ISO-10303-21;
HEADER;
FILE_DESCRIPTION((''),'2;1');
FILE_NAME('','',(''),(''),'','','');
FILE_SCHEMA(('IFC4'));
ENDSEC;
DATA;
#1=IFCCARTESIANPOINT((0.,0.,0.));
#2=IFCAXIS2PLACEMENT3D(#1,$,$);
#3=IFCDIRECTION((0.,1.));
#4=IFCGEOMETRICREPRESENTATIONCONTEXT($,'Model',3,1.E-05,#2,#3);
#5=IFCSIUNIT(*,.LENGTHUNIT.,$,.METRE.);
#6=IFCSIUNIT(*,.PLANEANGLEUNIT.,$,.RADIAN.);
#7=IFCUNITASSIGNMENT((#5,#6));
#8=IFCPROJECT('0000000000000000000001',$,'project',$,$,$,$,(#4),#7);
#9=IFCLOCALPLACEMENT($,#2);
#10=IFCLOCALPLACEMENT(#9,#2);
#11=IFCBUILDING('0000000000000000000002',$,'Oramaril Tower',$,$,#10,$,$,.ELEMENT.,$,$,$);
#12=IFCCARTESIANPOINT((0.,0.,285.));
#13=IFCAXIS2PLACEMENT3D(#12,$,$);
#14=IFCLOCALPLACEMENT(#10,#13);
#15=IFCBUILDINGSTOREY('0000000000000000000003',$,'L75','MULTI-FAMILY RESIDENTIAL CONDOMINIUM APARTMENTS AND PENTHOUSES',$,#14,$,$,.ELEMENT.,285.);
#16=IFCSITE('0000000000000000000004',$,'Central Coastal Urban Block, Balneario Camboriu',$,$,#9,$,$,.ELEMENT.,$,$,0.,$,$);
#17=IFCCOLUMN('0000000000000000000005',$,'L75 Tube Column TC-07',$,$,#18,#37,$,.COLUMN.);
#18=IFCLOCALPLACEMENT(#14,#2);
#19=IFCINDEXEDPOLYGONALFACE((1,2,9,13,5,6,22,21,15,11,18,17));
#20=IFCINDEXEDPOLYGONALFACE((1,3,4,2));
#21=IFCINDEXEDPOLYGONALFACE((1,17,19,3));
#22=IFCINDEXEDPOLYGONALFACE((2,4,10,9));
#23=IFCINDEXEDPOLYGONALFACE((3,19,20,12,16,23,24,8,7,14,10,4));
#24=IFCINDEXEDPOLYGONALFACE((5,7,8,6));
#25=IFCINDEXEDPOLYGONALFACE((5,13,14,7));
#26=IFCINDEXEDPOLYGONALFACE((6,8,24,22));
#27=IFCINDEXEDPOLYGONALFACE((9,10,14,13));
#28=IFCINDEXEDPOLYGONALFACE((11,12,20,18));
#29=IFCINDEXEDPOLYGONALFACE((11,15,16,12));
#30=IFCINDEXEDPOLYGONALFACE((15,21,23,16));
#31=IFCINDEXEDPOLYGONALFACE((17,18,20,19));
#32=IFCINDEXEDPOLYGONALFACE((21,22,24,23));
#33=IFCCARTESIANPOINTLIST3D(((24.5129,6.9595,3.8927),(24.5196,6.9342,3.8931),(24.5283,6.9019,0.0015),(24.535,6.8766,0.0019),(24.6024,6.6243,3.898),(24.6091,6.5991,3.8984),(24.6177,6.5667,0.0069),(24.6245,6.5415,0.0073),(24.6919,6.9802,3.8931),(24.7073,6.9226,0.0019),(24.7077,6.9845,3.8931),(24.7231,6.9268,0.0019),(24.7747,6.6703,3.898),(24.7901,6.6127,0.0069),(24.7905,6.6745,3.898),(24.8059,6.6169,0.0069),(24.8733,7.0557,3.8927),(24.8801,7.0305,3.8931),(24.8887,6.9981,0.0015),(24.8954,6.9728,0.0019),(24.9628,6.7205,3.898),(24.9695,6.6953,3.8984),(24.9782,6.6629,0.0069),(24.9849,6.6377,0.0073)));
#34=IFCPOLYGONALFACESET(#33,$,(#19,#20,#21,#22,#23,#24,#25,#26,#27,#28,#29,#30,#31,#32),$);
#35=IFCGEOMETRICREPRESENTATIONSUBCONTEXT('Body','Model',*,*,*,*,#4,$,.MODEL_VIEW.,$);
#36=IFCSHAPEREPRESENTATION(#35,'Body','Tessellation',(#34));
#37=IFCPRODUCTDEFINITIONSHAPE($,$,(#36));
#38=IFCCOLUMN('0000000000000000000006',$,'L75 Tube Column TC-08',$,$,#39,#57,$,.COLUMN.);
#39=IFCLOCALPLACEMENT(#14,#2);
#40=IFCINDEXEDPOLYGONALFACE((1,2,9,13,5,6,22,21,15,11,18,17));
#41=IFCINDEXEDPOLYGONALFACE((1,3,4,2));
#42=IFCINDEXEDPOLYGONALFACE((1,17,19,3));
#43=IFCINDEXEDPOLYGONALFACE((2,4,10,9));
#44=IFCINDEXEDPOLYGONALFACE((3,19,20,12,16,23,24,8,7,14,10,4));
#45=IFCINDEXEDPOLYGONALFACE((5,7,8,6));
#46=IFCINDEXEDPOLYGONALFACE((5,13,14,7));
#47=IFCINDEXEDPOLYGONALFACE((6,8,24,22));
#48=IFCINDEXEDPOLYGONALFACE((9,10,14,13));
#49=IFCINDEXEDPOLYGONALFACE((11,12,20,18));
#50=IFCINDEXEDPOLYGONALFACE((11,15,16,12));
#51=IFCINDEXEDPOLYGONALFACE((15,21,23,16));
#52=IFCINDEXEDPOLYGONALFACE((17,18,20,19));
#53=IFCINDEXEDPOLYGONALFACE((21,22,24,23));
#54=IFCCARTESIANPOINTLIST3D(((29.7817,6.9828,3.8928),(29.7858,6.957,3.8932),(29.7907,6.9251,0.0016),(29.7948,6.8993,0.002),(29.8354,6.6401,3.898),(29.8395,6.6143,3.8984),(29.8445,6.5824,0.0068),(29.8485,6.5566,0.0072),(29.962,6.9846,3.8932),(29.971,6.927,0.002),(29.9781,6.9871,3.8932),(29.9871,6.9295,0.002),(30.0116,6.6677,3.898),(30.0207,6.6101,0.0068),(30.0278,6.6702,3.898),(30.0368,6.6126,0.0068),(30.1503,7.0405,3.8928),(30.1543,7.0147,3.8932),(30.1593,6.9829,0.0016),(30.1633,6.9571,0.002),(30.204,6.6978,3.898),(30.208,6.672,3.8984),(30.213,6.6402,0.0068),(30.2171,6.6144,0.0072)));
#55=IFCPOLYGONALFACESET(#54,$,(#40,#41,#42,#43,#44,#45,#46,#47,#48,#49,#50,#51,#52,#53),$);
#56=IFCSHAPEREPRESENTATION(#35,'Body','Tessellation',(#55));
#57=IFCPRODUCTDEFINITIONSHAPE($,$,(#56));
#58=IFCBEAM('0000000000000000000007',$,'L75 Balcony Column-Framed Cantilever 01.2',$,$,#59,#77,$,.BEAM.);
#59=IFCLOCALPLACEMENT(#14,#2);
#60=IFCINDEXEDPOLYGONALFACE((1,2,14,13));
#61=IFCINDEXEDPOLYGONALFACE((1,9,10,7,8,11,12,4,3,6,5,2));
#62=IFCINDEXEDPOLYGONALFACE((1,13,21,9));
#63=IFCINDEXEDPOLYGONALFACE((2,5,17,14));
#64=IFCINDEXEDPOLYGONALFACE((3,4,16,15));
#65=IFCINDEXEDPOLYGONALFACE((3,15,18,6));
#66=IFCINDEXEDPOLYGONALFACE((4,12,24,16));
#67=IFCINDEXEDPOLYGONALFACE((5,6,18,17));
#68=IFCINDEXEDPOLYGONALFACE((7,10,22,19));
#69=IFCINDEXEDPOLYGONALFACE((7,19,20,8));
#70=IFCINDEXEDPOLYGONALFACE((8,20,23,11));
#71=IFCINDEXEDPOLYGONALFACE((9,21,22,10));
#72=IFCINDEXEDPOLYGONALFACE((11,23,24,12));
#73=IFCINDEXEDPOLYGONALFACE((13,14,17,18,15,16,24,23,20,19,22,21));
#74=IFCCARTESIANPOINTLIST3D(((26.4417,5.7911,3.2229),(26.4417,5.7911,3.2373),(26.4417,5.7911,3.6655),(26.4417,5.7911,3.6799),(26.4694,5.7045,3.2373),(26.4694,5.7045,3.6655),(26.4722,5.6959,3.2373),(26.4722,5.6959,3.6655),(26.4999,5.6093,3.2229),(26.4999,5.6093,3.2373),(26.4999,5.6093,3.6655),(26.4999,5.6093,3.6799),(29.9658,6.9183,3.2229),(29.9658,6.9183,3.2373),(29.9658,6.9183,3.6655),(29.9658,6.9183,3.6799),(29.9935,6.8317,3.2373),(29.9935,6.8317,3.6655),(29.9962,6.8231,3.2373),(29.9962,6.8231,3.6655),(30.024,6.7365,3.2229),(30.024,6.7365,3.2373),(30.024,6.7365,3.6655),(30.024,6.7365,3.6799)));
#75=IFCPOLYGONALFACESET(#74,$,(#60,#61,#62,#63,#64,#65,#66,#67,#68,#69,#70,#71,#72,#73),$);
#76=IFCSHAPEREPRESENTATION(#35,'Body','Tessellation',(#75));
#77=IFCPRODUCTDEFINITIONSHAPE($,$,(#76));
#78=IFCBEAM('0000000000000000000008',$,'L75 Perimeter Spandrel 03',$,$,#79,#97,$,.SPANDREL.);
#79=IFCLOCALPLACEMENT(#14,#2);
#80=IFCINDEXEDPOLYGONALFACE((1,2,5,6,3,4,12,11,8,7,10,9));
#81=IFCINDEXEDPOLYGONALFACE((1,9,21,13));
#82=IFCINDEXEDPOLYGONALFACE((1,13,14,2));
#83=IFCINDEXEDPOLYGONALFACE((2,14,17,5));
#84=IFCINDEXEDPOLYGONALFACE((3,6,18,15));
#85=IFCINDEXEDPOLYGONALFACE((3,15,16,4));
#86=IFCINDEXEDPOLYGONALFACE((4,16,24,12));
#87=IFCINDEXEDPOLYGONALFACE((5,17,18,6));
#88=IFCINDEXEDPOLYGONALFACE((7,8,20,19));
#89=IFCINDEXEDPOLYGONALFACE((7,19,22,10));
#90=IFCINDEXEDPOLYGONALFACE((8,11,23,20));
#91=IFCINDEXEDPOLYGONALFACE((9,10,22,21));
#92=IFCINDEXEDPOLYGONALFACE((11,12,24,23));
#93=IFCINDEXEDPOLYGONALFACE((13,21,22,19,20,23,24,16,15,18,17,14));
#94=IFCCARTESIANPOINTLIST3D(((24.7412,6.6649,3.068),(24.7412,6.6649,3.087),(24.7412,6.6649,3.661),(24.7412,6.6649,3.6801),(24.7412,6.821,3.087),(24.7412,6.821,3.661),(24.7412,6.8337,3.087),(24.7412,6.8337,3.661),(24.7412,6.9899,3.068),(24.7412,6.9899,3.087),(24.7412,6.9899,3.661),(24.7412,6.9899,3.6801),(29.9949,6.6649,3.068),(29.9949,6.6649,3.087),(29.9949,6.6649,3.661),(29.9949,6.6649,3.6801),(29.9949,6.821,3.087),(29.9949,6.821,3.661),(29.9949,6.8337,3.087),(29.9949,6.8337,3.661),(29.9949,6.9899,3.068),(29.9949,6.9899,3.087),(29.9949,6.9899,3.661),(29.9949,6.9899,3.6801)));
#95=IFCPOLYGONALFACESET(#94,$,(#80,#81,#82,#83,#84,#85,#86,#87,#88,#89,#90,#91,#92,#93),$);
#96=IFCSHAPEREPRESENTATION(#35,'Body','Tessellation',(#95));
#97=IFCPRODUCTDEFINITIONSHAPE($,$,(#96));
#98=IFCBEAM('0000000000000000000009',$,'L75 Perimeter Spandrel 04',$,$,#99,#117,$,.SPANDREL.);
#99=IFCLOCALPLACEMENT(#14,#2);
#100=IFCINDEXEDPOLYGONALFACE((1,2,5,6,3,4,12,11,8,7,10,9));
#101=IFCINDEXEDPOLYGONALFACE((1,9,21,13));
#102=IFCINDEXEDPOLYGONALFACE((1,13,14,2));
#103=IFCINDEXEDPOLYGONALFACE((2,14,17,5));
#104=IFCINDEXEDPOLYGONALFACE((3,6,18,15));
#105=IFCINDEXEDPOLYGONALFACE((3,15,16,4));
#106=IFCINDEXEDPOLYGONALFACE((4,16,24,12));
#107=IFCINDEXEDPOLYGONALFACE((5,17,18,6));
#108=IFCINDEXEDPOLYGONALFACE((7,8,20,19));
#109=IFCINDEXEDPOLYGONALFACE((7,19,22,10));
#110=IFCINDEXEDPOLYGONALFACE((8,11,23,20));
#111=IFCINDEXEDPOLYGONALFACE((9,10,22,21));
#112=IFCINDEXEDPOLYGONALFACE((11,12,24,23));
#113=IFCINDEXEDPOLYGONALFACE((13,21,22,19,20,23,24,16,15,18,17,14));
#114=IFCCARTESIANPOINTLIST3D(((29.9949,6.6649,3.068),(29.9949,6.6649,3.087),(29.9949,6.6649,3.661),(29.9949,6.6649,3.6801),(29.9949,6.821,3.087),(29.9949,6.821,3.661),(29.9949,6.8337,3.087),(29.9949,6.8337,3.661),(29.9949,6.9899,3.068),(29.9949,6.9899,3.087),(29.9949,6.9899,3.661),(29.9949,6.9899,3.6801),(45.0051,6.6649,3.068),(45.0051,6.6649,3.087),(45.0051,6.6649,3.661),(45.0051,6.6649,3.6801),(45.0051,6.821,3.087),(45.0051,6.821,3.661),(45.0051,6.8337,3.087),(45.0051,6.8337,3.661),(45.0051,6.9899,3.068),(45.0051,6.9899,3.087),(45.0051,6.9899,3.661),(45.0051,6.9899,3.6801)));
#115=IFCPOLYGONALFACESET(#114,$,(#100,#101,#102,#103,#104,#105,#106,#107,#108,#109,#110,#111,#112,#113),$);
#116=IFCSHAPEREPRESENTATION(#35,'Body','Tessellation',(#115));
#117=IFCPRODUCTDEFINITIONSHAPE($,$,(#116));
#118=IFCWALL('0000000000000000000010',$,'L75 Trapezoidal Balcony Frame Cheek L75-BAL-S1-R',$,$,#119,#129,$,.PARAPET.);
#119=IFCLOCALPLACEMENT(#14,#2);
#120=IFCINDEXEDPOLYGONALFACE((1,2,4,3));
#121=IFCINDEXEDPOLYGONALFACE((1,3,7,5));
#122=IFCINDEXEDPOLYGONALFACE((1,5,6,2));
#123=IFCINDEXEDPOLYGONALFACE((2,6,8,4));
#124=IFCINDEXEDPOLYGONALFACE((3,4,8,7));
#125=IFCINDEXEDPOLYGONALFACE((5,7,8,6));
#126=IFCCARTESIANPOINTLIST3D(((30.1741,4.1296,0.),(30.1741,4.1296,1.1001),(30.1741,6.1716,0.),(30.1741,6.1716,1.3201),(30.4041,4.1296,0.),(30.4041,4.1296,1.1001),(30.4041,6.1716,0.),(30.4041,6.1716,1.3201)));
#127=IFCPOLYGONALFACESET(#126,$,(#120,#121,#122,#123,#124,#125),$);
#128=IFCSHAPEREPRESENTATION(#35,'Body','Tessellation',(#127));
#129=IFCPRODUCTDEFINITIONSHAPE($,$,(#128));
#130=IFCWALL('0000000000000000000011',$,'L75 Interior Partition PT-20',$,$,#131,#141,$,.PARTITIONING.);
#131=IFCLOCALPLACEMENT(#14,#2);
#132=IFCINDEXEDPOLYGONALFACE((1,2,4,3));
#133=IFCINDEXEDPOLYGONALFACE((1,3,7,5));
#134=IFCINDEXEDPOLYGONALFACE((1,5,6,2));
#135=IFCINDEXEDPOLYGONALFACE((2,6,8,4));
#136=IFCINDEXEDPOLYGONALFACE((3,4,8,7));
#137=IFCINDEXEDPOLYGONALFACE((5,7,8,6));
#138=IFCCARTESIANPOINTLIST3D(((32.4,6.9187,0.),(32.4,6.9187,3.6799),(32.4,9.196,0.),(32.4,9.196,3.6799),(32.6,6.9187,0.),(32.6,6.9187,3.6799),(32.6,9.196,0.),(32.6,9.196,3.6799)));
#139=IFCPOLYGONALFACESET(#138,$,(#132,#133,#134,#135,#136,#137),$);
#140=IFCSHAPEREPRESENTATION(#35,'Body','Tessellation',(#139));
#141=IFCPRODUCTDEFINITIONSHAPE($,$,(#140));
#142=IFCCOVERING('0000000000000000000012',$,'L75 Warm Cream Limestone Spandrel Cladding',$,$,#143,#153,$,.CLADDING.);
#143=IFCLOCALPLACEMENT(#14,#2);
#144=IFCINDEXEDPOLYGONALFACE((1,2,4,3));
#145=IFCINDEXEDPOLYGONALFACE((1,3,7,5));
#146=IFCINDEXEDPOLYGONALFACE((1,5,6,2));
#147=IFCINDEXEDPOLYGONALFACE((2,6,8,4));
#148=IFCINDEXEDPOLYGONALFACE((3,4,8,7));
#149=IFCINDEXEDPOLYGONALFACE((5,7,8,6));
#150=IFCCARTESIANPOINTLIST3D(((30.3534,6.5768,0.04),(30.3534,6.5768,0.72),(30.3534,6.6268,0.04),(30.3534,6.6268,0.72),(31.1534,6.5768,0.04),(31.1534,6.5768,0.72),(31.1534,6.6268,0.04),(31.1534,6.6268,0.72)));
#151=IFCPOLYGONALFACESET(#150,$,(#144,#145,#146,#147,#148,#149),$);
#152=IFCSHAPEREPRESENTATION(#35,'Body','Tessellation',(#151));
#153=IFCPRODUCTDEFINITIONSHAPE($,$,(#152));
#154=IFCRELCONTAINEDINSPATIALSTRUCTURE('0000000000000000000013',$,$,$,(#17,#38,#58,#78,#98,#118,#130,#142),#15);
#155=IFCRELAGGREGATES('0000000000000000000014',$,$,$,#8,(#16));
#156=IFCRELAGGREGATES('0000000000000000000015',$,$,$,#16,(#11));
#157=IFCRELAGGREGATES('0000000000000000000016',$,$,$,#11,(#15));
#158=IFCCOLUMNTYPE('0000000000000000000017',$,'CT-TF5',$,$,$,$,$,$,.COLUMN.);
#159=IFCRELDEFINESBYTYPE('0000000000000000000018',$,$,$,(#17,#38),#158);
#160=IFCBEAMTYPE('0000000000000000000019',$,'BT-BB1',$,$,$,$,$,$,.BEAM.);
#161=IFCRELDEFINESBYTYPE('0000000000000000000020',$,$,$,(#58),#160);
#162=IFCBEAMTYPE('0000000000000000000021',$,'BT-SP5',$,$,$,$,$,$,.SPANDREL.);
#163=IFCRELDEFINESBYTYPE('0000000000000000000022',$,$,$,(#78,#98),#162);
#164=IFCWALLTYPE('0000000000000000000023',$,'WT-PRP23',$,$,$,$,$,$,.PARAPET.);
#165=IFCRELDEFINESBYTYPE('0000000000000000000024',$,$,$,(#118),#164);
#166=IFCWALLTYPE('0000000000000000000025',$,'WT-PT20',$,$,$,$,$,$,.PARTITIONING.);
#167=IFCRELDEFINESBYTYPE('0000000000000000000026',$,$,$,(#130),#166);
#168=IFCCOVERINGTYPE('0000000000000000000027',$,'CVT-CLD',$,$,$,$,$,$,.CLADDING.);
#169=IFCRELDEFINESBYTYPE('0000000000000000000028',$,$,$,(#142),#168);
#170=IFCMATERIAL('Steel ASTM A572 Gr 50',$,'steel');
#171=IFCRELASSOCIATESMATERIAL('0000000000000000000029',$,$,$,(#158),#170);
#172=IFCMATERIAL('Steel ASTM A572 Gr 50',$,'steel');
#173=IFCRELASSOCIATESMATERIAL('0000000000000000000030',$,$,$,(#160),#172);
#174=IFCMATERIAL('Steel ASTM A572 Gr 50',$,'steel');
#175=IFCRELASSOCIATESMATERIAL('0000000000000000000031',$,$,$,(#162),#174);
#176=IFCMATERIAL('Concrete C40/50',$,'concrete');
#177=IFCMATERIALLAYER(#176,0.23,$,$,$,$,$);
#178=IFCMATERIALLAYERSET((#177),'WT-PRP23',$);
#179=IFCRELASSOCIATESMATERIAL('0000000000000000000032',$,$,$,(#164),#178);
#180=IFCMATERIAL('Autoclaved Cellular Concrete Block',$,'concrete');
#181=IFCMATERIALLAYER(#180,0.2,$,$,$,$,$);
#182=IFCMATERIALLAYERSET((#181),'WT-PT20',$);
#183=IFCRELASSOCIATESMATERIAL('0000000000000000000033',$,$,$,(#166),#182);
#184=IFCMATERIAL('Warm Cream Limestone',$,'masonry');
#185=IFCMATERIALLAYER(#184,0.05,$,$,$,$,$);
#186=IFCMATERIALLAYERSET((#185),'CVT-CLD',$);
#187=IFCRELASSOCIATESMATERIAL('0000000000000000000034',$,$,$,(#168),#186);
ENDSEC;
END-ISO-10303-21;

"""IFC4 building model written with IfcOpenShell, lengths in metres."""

from ifc_helpers import new_model, si_unit, direction, frame, frame_2d, origin, origin_2d, place, context, subcontext, project, spatial, polyline, rectangle, i_section, outline, extrude, material, layer, layer_set, material_profile, profile_set, type_object, element, save


model = new_model("IFC4")

# Units and contexts
model_context = context("Model", 3, precision=1e-05, world=origin(), true_north=direction((0.0, 1.0)))
body_context = subcontext(model_context, "Body", "Model", "MODEL_VIEW")
ifc_project = project(units=[si_unit("LENGTHUNIT", "METRE"), si_unit("PLANEANGLEUNIT", "RADIAN")], contexts=[model_context])

# Site, building, storey
site_placement = place(None, origin())
site = spatial("IfcSite", under=ifc_project, at=site_placement, Name="Central Coastal Urban Block, Balneario Camboriu", CompositionType="ELEMENT", RefElevation=0.0)
building_placement = place(site_placement, origin())
building = spatial("IfcBuilding", under=site, at=building_placement, Name="Oramaril Tower", CompositionType="ELEMENT")
storey_placement = place(building_placement, frame((0.0, 0.0, 285.0)))
storey = spatial("IfcBuildingStorey", under=building, at=storey_placement, Name="L75", Description="MULTI-FAMILY RESIDENTIAL CONDOMINIUM APARTMENTS AND PENTHOUSES", CompositionType="ELEMENT", Elevation=285.0)

# Columns
ifc_material_1 = material(Name="Steel ASTM A572 Gr 50", Category="steel")
ifc_material_profile_1 = material_profile(ifc_material_1, i_section(OverallWidth=0.373, OverallDepth=0.373, WebThickness=0.0164, FlangeThickness=0.0261, at=origin_2d()), Name="W14X132")
ifc_profile_set_1 = profile_set([ifc_material_profile_1], Name="Steel ASTM A572 Gr 50")
column_type = type_object("IfcColumnType", Name="CT-TF5", PredefinedType="COLUMN", material=ifc_profile_set_1)
for number, where, z_axis, x_axis, name in (
    (1, (24.7566, 6.7698, 0.0044), (-0.003952, 0.014806, 0.999883), (-0.966167, -0.257917, 0.0), "L75 Tube Column TC-07"),
    (2, (30.0039, 6.7698, 0.0044), (-0.002321, 0.014806, 0.999888), (-0.987932, -0.154888, 0.0), "L75 Tube Column TC-08"),
):
    element("IfcColumn", number, at=place(storey_placement, frame(where, z_axis=z_axis, x_axis=x_axis)), inside=storey, type_object=column_type, Name=name, PredefinedType="COLUMN", context=body_context, shape_type="SweptSolid", body=[
        extrude(i_section(OverallWidth=0.373, OverallDepth=0.373, WebThickness=0.0164, FlangeThickness=0.0261, at=origin_2d()), origin(), (0.0, 0.0, 1.0), 3.8916),
    ])

# Beams
ifc_material_2 = material(Name="Steel ASTM A572 Gr 50", Category="steel")
ifc_material_profile_2 = material_profile(ifc_material_2, i_section(OverallWidth=0.1909, OverallDepth=0.457, WebThickness=0.009, FlangeThickness=0.0144, at=origin_2d()), Name="W18X50")
ifc_profile_set_2 = profile_set([ifc_material_profile_2], Name="Steel ASTM A572 Gr 50")
beam_type_1 = type_object("IfcBeamType", Name="BT-BB1", PredefinedType="BEAM", material=ifc_profile_set_2)
beam_1_placement = place(storey_placement, frame((29.9949, 6.8274, 3.4514), z_axis=(-0.952466, -0.304644, 0.0), x_axis=(0.304644, -0.952466, 0.0)))
element("IfcBeam", 3, at=beam_1_placement, inside=storey, type_object=beam_type_1, Name="L75 Balcony Column-Framed Cantilever 01.2", PredefinedType="BEAM", context=body_context, shape_type="SweptSolid", body=[
    extrude(i_section(OverallWidth=0.1909, OverallDepth=0.457, WebThickness=0.009, FlangeThickness=0.0144, at=origin_2d()), origin(), (0.0, 0.0, 1.0), 3.7),
])
ifc_material_3 = material(Name="Steel ASTM A572 Gr 50", Category="steel")
ifc_material_profile_3 = material_profile(ifc_material_3, i_section(OverallWidth=0.325, OverallDepth=0.6121, WebThickness=0.0127, FlangeThickness=0.019, at=origin_2d()), Name="W24X104")
ifc_profile_set_3 = profile_set([ifc_material_profile_3], Name="Steel ASTM A572 Gr 50")
beam_type_2 = type_object("IfcBeamType", Name="BT-SP5", PredefinedType="SPANDREL", material=ifc_profile_set_3)
beam_2_placement = place(storey_placement, frame((24.7412, 6.8274, 3.374), z_axis=(1.0, 0.0, 0.0), x_axis=(0.0, 1.0, 0.0)))
element("IfcBeam", 4, at=beam_2_placement, inside=storey, type_object=beam_type_2, Name="L75 Perimeter Spandrel 03", PredefinedType="SPANDREL", context=body_context, shape_type="SweptSolid", body=[
    extrude(i_section(OverallWidth=0.325, OverallDepth=0.6121, WebThickness=0.0127, FlangeThickness=0.019, at=origin_2d()), origin(), (0.0, 0.0, 1.0), 5.2537),
])
beam_3_placement = place(storey_placement, frame((29.9949, 6.8274, 3.374), z_axis=(1.0, 0.0, 0.0), x_axis=(0.0, 1.0, 0.0)))
element("IfcBeam", 5, at=beam_3_placement, inside=storey, type_object=beam_type_2, Name="L75 Perimeter Spandrel 04", PredefinedType="SPANDREL", context=body_context, shape_type="SweptSolid", body=[
    extrude(i_section(OverallWidth=0.325, OverallDepth=0.6121, WebThickness=0.0127, FlangeThickness=0.019, at=origin_2d()), origin(), (0.0, 0.0, 1.0), 15.0103),
])

# Wall
ifc_material_4 = material(Name="Concrete C40/50", Category="concrete")
ifc_layer_1 = layer(ifc_material_4, 0.23)
ifc_layer_set_1 = layer_set([ifc_layer_1], Name="WT-PRP23")
wall_type_1 = type_object("IfcWallType", Name="WT-PRP23", PredefinedType="PARAPET", material=ifc_layer_set_1)
wall_1_placement = place(storey_placement, frame((30.2891, 6.1716, 0.0), z_axis=(0.0, 0.0, 1.0), x_axis=(0.0, -1.0, 0.0)))
element("IfcWall", 6, at=wall_1_placement, inside=storey, type_object=wall_type_1, Name="L75 Trapezoidal Balcony Frame Cheek L75-BAL-S1-R", PredefinedType="PARAPET", context=body_context, shape_type="SweptSolid", body=[
    extrude(outline(polyline([(0.0, 0.0), (2.042, 0.0), (2.042, 1.1001), (0.0, 1.3201), (0.0, 0.0)])), frame((0.0, 0.115, 0.0), z_axis=(0.0, -1.0, 0.0), x_axis=(1.0, 0.0, 0.0)), (0.0, 0.0, 1.0), 0.23),
])

# Shared definitions
ifc_material_5 = material(Name="Autoclaved Cellular Concrete Block", Category="concrete")
ifc_layer_2 = layer(ifc_material_5, 0.2)
ifc_layer_set_2 = layer_set([ifc_layer_2], Name="WT-PT20")
wall_type_2 = type_object("IfcWallType", Name="WT-PT20", PredefinedType="PARTITIONING", material=ifc_layer_set_2)

# Wall
wall_2_placement = place(storey_placement, frame((32.5, 6.9187, 0.0), z_axis=(0.0, 0.0, 1.0), x_axis=(0.0, 1.0, 0.0)))
element("IfcWall", 7, at=wall_2_placement, inside=storey, type_object=wall_type_2, Name="L75 Interior Partition PT-20", PredefinedType="PARTITIONING", context=body_context, shape_type="SweptSolid", body=[
    extrude(rectangle(XDim=2.2773, YDim=0.2, at=frame_2d((1.1387, 0.0))), origin(), (0.0, 0.0, 1.0), 3.6799),
])

# Covering
ifc_material_6 = material(Name="Warm Cream Limestone", Category="masonry")
ifc_layer_3 = layer(ifc_material_6, 0.05)
ifc_layer_set_3 = layer_set([ifc_layer_3], Name="CVT-CLD")
covering_type = type_object("IfcCoveringType", Name="CVT-CLD", PredefinedType="CLADDING", material=ifc_layer_set_3)
covering_placement = place(storey_placement, frame((30.7534, 6.6018, 0.04), z_axis=(0.0, 0.0, 1.0), x_axis=(1.0, 0.0, 0.0)))
element("IfcCovering", 8, at=covering_placement, inside=storey, type_object=covering_type, Name="L75 Warm Cream Limestone Spandrel Cladding", PredefinedType="CLADDING", context=body_context, shape_type="SweptSolid", body=[
    extrude(rectangle(XDim=0.8, YDim=0.05, at=origin_2d()), origin(), (0.0, 0.0, 1.0), 0.6799),
])

save(model, "model.ifc")
